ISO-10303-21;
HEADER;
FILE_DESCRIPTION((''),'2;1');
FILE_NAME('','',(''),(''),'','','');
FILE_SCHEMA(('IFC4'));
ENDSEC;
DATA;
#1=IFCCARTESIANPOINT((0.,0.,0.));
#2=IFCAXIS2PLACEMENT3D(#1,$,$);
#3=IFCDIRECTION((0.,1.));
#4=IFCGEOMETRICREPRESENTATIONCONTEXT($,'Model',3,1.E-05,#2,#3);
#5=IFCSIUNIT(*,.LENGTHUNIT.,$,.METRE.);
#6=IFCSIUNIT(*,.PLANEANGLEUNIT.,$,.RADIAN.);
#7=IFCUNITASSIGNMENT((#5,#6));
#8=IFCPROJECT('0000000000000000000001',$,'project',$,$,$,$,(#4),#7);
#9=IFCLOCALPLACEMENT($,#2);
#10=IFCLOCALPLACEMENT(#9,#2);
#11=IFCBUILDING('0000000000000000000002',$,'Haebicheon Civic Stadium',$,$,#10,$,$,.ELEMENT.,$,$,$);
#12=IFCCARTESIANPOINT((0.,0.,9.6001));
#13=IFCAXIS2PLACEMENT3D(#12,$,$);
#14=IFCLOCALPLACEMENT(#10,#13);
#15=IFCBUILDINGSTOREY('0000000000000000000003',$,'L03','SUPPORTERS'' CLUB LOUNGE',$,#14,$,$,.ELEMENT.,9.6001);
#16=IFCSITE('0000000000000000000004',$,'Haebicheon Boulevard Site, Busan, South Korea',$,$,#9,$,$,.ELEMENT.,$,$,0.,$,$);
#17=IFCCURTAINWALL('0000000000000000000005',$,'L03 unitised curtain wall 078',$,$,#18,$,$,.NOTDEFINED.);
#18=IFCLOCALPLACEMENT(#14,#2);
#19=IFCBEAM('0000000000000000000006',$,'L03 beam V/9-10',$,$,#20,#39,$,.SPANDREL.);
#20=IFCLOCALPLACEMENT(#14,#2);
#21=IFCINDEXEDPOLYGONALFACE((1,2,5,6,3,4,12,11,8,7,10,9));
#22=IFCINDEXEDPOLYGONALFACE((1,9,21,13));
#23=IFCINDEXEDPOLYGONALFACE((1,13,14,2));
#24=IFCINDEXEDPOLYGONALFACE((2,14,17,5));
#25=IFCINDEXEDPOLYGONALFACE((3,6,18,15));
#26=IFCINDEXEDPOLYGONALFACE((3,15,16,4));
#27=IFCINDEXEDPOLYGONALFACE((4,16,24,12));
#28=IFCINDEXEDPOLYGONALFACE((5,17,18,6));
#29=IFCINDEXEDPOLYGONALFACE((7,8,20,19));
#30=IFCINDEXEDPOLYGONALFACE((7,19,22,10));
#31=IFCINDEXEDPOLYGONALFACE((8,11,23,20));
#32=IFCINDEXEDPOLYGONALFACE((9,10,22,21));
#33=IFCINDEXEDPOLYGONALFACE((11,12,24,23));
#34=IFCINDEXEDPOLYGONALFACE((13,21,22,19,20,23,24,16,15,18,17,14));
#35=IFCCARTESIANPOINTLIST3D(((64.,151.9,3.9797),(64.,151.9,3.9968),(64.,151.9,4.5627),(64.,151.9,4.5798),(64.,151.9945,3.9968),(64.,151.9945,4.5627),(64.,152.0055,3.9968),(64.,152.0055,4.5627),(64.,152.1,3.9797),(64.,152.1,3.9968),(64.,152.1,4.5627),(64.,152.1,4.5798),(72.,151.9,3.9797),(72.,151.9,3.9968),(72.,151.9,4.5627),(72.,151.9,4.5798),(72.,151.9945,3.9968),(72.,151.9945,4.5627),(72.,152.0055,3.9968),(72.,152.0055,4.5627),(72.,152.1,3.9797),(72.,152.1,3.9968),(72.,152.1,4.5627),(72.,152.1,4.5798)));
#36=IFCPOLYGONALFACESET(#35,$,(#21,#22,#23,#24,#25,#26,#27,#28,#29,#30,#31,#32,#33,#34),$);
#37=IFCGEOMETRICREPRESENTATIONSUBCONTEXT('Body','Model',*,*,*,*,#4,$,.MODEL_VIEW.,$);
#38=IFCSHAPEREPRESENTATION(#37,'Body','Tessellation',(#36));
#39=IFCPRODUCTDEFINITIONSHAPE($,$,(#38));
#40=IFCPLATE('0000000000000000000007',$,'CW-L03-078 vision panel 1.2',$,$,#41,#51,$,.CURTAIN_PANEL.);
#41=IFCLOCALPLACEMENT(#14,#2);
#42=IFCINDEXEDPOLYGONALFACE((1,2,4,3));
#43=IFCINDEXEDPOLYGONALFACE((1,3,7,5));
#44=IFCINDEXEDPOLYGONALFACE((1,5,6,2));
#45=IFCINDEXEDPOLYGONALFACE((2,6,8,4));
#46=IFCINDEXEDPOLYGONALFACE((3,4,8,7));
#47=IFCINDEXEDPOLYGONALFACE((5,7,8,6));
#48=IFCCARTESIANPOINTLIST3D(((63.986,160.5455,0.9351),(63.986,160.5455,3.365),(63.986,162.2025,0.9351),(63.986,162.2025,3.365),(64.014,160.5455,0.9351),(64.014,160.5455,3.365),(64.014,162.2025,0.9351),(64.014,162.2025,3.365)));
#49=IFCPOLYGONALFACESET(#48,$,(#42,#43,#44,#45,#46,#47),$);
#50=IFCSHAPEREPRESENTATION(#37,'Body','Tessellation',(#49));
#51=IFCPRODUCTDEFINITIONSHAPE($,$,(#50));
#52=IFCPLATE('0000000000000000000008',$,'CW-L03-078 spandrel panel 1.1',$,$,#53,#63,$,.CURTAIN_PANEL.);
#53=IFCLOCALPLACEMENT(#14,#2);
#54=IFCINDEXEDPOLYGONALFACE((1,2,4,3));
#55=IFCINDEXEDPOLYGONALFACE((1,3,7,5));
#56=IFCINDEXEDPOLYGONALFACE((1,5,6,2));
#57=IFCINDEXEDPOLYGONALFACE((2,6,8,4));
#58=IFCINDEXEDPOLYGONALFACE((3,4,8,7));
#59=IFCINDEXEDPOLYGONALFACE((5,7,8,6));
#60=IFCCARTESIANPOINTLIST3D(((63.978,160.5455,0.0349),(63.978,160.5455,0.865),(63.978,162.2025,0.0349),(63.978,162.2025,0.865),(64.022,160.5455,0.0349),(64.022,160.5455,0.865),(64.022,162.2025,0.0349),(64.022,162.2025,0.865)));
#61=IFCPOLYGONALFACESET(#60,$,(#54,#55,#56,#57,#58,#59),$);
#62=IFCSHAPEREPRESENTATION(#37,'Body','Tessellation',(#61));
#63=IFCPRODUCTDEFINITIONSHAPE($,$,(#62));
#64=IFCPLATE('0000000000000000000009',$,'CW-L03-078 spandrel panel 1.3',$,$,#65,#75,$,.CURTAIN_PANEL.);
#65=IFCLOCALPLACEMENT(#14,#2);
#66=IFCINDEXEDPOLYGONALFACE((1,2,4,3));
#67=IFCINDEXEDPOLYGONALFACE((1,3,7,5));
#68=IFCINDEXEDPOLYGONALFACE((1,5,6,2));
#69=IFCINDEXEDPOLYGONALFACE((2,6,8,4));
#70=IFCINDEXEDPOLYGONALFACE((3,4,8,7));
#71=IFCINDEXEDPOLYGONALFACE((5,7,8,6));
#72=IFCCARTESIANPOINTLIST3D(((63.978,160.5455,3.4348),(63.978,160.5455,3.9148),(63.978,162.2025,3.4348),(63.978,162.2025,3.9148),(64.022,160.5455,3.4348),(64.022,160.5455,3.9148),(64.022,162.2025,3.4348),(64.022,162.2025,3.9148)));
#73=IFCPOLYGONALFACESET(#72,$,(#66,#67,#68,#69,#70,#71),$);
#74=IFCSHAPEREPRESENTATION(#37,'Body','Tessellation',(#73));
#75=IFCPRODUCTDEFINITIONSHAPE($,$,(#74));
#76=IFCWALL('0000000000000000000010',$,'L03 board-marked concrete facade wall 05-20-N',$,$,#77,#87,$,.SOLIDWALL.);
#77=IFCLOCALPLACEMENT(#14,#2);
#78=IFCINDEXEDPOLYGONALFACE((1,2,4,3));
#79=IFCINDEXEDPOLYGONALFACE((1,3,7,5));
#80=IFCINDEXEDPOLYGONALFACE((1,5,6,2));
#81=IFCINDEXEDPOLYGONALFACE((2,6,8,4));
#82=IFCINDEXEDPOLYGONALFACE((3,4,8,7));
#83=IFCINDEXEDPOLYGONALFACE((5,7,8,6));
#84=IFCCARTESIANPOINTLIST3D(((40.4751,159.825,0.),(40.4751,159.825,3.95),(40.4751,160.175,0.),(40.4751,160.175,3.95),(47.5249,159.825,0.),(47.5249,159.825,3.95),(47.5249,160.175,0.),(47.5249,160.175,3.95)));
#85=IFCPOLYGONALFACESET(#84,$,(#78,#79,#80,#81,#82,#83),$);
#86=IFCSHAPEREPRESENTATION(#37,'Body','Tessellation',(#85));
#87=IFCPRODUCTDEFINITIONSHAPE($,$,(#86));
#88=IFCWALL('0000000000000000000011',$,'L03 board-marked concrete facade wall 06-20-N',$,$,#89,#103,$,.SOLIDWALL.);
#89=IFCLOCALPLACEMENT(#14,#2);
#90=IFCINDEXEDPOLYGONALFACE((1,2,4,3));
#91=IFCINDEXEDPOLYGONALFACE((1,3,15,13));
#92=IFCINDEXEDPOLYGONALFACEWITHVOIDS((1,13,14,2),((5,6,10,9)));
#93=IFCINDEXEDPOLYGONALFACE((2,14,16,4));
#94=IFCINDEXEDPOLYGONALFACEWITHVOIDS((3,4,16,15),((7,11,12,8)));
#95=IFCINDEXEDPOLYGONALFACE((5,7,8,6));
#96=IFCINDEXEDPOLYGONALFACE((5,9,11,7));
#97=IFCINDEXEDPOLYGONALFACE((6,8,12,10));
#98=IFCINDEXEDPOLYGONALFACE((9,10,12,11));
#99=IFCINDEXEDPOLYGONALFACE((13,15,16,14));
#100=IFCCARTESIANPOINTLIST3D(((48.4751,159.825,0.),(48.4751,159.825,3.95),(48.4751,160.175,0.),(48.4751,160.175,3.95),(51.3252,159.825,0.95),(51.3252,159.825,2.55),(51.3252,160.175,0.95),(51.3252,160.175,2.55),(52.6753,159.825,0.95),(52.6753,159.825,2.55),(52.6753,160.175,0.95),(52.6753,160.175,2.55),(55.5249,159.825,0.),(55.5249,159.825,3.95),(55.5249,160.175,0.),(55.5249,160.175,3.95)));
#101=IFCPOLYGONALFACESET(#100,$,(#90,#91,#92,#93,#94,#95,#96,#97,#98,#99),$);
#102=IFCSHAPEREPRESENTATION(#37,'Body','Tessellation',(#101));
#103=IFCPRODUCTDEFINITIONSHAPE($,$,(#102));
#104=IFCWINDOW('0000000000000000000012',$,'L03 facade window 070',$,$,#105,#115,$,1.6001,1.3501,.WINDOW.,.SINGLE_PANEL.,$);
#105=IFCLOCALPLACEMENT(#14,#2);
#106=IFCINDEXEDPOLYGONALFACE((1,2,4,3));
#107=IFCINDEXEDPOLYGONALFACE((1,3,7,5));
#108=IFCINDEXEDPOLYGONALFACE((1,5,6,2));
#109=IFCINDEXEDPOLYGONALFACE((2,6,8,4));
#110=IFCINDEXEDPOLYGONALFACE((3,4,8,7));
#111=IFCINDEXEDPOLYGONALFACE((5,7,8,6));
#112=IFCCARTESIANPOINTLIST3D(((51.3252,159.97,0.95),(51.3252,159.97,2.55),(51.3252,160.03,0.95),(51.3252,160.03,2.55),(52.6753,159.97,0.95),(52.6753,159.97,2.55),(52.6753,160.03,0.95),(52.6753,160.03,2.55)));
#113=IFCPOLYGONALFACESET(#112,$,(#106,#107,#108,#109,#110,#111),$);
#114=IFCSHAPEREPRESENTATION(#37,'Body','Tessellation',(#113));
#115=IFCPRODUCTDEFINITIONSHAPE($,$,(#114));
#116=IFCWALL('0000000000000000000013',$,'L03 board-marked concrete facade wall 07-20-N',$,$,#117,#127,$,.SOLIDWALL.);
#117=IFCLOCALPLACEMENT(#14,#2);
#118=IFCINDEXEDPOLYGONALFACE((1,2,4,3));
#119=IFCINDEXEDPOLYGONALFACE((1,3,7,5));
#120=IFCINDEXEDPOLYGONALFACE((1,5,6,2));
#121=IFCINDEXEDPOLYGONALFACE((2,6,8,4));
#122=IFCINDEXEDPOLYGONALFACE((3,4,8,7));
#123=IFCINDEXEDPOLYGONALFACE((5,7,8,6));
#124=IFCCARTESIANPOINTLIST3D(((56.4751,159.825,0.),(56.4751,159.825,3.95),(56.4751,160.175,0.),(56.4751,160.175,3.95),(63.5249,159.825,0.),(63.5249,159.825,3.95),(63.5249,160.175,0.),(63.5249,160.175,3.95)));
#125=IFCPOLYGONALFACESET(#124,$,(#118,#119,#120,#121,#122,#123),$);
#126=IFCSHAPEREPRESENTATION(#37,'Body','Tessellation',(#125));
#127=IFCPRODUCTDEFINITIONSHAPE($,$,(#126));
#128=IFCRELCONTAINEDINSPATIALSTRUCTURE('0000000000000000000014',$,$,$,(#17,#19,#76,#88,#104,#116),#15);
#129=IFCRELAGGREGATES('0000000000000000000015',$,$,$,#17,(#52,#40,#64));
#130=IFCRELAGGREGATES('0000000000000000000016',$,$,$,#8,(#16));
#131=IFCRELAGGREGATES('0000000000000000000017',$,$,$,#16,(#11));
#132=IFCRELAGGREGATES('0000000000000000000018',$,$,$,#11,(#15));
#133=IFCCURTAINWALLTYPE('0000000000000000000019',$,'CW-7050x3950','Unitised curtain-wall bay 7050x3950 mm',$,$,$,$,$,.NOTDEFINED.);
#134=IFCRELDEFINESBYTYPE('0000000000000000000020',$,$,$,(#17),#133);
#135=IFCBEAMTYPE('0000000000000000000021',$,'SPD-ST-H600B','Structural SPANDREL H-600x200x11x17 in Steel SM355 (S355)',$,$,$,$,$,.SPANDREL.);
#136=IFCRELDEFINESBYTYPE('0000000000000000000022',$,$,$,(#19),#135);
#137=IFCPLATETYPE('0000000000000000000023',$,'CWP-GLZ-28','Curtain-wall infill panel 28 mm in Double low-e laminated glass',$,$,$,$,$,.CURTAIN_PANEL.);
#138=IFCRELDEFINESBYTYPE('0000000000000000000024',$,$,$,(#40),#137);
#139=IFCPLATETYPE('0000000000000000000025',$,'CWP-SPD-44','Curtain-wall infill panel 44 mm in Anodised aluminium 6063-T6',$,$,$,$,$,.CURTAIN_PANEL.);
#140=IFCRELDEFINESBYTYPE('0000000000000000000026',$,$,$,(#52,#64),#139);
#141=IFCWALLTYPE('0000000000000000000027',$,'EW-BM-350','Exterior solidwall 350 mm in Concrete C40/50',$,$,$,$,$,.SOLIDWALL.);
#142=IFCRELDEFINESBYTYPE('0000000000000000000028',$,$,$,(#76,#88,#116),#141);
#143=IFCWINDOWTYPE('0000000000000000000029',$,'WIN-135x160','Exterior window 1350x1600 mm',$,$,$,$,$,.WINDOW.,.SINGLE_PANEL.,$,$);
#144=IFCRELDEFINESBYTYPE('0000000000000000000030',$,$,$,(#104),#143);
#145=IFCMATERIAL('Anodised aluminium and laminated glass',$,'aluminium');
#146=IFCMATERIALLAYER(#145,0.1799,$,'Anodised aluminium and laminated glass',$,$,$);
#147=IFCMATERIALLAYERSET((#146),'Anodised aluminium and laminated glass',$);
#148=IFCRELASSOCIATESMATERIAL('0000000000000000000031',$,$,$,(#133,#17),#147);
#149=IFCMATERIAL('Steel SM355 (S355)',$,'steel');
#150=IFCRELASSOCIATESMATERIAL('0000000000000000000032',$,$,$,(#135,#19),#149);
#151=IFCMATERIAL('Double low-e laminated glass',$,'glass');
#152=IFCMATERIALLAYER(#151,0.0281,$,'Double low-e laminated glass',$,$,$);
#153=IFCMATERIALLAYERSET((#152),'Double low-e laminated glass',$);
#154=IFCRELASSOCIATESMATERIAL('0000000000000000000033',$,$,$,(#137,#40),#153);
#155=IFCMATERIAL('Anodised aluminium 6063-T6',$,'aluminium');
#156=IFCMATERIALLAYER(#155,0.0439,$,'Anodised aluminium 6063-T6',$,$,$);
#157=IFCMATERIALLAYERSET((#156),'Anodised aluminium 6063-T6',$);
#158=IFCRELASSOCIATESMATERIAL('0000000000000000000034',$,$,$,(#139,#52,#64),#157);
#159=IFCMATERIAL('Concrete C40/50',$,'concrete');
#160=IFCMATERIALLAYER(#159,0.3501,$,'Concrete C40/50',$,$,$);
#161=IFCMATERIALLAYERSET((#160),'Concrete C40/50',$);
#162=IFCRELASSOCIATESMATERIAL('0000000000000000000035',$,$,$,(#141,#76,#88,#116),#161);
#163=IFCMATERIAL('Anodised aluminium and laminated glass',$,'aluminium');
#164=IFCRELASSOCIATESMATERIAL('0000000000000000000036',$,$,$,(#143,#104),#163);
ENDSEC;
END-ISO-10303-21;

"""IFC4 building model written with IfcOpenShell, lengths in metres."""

from ifc_helpers import new_model, si_unit, direction, frame, frame_2d, origin, origin_2d, place, context, subcontext, project, spatial, rectangle, i_section, extrude, material, layer, layer_set, material_profile, profile_set, type_object, element, fill, aggregate, save


model = new_model("IFC4")

# Units and contexts
model_context = context("Model", 3, precision=1e-05, world=origin(), true_north=direction((0.0, 1.0)))
body_context = subcontext(model_context, "Body", "Model", "MODEL_VIEW")
ifc_project = project(units=[si_unit("LENGTHUNIT", "METRE"), si_unit("PLANEANGLEUNIT", "RADIAN")], contexts=[model_context])

# Site, building, storey
site_placement = place(None, origin())
site = spatial("IfcSite", under=ifc_project, at=site_placement, Name="Haebicheon Boulevard Site, Busan, South Korea", CompositionType="ELEMENT", RefElevation=0.0)
building_placement = place(site_placement, origin())
building = spatial("IfcBuilding", under=site, at=building_placement, Name="Haebicheon Civic Stadium", CompositionType="ELEMENT")
storey_placement = place(building_placement, frame((0.0, 0.0, 9.6001)))
storey = spatial("IfcBuildingStorey", under=building, at=storey_placement, Name="L03", Description="SUPPORTERS' CLUB LOUNGE", CompositionType="ELEMENT", Elevation=9.6001)

# Curtain wall
ifc_material_1 = material(Name="Anodised aluminium and laminated glass", Category="aluminium")
ifc_layer_1 = layer(ifc_material_1, 0.1799, Name="Anodised aluminium and laminated glass")
ifc_layer_set_1 = layer_set([ifc_layer_1], Name="Anodised aluminium and laminated glass")
curtain_wall_type = type_object("IfcCurtainWallType", Name="CW-7050x3950", Description="Unitised curtain-wall bay 7050x3950 mm", PredefinedType="NOTDEFINED", material=ifc_layer_set_1)
curtain_wall_placement = place(storey_placement, origin())
curtain_wall = element("IfcCurtainWall", 1, at=curtain_wall_placement, inside=storey, type_object=curtain_wall_type, material=ifc_layer_set_1, Name="L03 unitised curtain wall 078", PredefinedType="NOTDEFINED")

# Beam
ifc_material_2 = material(Name="Steel SM355 (S355)", Category="steel")
ifc_material_profile_1 = material_profile(ifc_material_2, i_section(OverallWidth=0.2, OverallDepth=0.6001, WebThickness=0.011, FlangeThickness=0.0171, at=origin_2d()), Name="H-600x200x11x17")
ifc_profile_set_1 = profile_set([ifc_material_profile_1], Name="Steel SM355 (S355)")
beam_type_1 = type_object("IfcBeamType", Name="SPD-ST-H600B", Description="Structural SPANDREL H-600x200x11x17 in Steel SM355 (S355)", PredefinedType="SPANDREL", material=ifc_profile_set_1)
for number, where, z_axis, x_axis, name in (
    (2, (64.0, 152.0, 4.2798), (1.0, 0.0, 0.0), (0.0, 1.0, 0.0), "L03 beam V/9-10"),
):
    element("IfcBeam", number, at=place(storey_placement, frame(where, z_axis=z_axis, x_axis=x_axis)), inside=storey, type_object=beam_type_1, material=ifc_profile_set_1, Name=name, PredefinedType="SPANDREL", context=body_context, shape_type="SweptSolid", body=[
        extrude(i_section(OverallWidth=0.2, OverallDepth=0.6001, WebThickness=0.011, FlangeThickness=0.0171, at=origin_2d()), origin(), (0.0, 0.0, 1.0), 8.0),
    ])

# Plates
ifc_material_3 = material(Name="Double low-e laminated glass", Category="glass")
ifc_layer_2 = layer(ifc_material_3, 0.0281, Name="Double low-e laminated glass")
ifc_layer_set_2 = layer_set([ifc_layer_2], Name="Double low-e laminated glass")
plate_type_1 = type_object("IfcPlateType", Name="CWP-GLZ-28", Description="Curtain-wall infill panel 28 mm in Double low-e laminated glass", PredefinedType="CURTAIN_PANEL", material=ifc_layer_set_2)
plate_1_placement = place(storey_placement, frame((64.0, 161.374, 0.9351), z_axis=(0.0, 0.0, 1.0), x_axis=(0.0, 1.0, 0.0)))
plate_1 = element("IfcPlate", 3, at=plate_1_placement, type_object=plate_type_1, material=ifc_layer_set_2, Name="CW-L03-078 vision panel 1.2", PredefinedType="CURTAIN_PANEL", context=body_context, shape_type="SweptSolid", body=[
    extrude(rectangle(XDim=1.657, YDim=0.0281, at=origin_2d()), origin(), (0.0, 0.0, 1.0), 2.4299),
])
ifc_material_4 = material(Name="Anodised aluminium 6063-T6", Category="aluminium")
ifc_layer_3 = layer(ifc_material_4, 0.0439, Name="Anodised aluminium 6063-T6")
ifc_layer_set_3 = layer_set([ifc_layer_3], Name="Anodised aluminium 6063-T6")
plate_type_2 = type_object("IfcPlateType", Name="CWP-SPD-44", Description="Curtain-wall infill panel 44 mm in Anodised aluminium 6063-T6", PredefinedType="CURTAIN_PANEL", material=ifc_layer_set_3)
plate_2_placement = place(storey_placement, frame((64.0, 161.374, 0.0349), z_axis=(0.0, 0.0, 1.0), x_axis=(0.0, 1.0, 0.0)))
plate_2 = element("IfcPlate", 4, at=plate_2_placement, type_object=plate_type_2, material=ifc_layer_set_3, Name="CW-L03-078 spandrel panel 1.1", PredefinedType="CURTAIN_PANEL", context=body_context, shape_type="SweptSolid", body=[
    extrude(rectangle(XDim=1.657, YDim=0.0439, at=origin_2d()), origin(), (0.0, 0.0, 1.0), 0.8301),
])
plate_3_placement = place(storey_placement, frame((64.0, 161.374, 3.4348), z_axis=(0.0, 0.0, 1.0), x_axis=(0.0, 1.0, 0.0)))
plate_3 = element("IfcPlate", 5, at=plate_3_placement, type_object=plate_type_2, material=ifc_layer_set_3, Name="CW-L03-078 spandrel panel 1.3", PredefinedType="CURTAIN_PANEL", context=body_context, shape_type="SweptSolid", body=[
    extrude(rectangle(XDim=1.657, YDim=0.0439, at=origin_2d()), origin(), (0.0, 0.0, 1.0), 0.48),
])
aggregate(curtain_wall, [plate_2, plate_1, plate_3])

# Wall
ifc_material_5 = material(Name="Concrete C40/50", Category="concrete")
ifc_layer_4 = layer(ifc_material_5, 0.3501, Name="Concrete C40/50")
ifc_layer_set_4 = layer_set([ifc_layer_4], Name="Concrete C40/50")
wall_type = type_object("IfcWallType", Name="EW-BM-350", Description="Exterior solidwall 350 mm in Concrete C40/50", PredefinedType="SOLIDWALL", material=ifc_layer_set_4)
wall_1_placement = place(storey_placement, frame((40.4751, 160.0, 0.0), z_axis=(0.0, 0.0, 1.0), x_axis=(1.0, 0.0, 0.0)))
element("IfcWall", 6, at=wall_1_placement, inside=storey, type_object=wall_type, material=ifc_layer_set_4, Name="L03 board-marked concrete facade wall 05-20-N", PredefinedType="SOLIDWALL", context=body_context, shape_type="SweptSolid", body=[
    extrude(rectangle(XDim=7.0498, YDim=0.3501, at=frame_2d((3.5249, 0.0))), origin(), (0.0, 0.0, 1.0), 3.95),
])

# Wall, opening, window
wall_2_placement = place(storey_placement, frame((48.4751, 160.0, 0.0), z_axis=(0.0, 0.0, 1.0), x_axis=(1.0, 0.0, 0.0)))
wall_2 = element("IfcWall", 7, at=wall_2_placement, inside=storey, type_object=wall_type, material=ifc_layer_set_4, Name="L03 board-marked concrete facade wall 06-20-N", PredefinedType="SOLIDWALL", context=body_context, shape_type="SweptSolid", body=[
    extrude(rectangle(XDim=7.0498, YDim=0.3501, at=frame_2d((3.5249, 0.0))), origin(), (0.0, 0.0, 1.0), 3.95),
])
opening_placement = place(wall_2_placement, frame((2.8501, 0.0, 0.95)))
opening = element("IfcOpeningElement", 8, at=opening_placement, cuts=wall_2, PredefinedType="OPENING", context=body_context, shape_type="SweptSolid", body=[
    extrude(rectangle(XDim=1.3501, YDim=1.6001, at=frame_2d((0.675, 0.8))), frame((0.0, 0.1851, 0.0), z_axis=(0.0, -1.0, 0.0), x_axis=(1.0, 0.0, 0.0)), (0.0, 0.0, 1.0), 0.3701),
])
ifc_material_6 = material(Name="Anodised aluminium and laminated glass", Category="aluminium")
window_type = type_object("IfcWindowType", Name="WIN-135x160", Description="Exterior window 1350x1600 mm", PartitioningType="SINGLE_PANEL", PredefinedType="WINDOW", material=ifc_material_6)
window_placement = place(opening_placement, origin())
window = element("IfcWindow", 9, at=window_placement, inside=storey, type_object=window_type, material=ifc_material_6, Name="L03 facade window 070", OverallHeight=1.6001, OverallWidth=1.3501, PartitioningType="SINGLE_PANEL", PredefinedType="WINDOW", context=body_context, shape_type="SweptSolid", body=[
    extrude(rectangle(XDim=1.3501, YDim=1.6001, at=frame_2d((0.675, 0.8))), frame((0.0, 0.03, 0.0), z_axis=(0.0, -1.0, 0.0), x_axis=(1.0, 0.0, 0.0)), (0.0, 0.0, 1.0), 0.0601),
])
fill(opening, window)

# Wall
wall_3_placement = place(storey_placement, frame((56.4751, 160.0, 0.0), z_axis=(0.0, 0.0, 1.0), x_axis=(1.0, 0.0, 0.0)))
element("IfcWall", 10, at=wall_3_placement, inside=storey, type_object=wall_type, material=ifc_layer_set_4, Name="L03 board-marked concrete facade wall 07-20-N", PredefinedType="SOLIDWALL", context=body_context, shape_type="SweptSolid", body=[
    extrude(rectangle(XDim=7.0498, YDim=0.3501, at=frame_2d((3.5249, 0.0))), origin(), (0.0, 0.0, 1.0), 3.95),
])

save(model, "model.ifc")
